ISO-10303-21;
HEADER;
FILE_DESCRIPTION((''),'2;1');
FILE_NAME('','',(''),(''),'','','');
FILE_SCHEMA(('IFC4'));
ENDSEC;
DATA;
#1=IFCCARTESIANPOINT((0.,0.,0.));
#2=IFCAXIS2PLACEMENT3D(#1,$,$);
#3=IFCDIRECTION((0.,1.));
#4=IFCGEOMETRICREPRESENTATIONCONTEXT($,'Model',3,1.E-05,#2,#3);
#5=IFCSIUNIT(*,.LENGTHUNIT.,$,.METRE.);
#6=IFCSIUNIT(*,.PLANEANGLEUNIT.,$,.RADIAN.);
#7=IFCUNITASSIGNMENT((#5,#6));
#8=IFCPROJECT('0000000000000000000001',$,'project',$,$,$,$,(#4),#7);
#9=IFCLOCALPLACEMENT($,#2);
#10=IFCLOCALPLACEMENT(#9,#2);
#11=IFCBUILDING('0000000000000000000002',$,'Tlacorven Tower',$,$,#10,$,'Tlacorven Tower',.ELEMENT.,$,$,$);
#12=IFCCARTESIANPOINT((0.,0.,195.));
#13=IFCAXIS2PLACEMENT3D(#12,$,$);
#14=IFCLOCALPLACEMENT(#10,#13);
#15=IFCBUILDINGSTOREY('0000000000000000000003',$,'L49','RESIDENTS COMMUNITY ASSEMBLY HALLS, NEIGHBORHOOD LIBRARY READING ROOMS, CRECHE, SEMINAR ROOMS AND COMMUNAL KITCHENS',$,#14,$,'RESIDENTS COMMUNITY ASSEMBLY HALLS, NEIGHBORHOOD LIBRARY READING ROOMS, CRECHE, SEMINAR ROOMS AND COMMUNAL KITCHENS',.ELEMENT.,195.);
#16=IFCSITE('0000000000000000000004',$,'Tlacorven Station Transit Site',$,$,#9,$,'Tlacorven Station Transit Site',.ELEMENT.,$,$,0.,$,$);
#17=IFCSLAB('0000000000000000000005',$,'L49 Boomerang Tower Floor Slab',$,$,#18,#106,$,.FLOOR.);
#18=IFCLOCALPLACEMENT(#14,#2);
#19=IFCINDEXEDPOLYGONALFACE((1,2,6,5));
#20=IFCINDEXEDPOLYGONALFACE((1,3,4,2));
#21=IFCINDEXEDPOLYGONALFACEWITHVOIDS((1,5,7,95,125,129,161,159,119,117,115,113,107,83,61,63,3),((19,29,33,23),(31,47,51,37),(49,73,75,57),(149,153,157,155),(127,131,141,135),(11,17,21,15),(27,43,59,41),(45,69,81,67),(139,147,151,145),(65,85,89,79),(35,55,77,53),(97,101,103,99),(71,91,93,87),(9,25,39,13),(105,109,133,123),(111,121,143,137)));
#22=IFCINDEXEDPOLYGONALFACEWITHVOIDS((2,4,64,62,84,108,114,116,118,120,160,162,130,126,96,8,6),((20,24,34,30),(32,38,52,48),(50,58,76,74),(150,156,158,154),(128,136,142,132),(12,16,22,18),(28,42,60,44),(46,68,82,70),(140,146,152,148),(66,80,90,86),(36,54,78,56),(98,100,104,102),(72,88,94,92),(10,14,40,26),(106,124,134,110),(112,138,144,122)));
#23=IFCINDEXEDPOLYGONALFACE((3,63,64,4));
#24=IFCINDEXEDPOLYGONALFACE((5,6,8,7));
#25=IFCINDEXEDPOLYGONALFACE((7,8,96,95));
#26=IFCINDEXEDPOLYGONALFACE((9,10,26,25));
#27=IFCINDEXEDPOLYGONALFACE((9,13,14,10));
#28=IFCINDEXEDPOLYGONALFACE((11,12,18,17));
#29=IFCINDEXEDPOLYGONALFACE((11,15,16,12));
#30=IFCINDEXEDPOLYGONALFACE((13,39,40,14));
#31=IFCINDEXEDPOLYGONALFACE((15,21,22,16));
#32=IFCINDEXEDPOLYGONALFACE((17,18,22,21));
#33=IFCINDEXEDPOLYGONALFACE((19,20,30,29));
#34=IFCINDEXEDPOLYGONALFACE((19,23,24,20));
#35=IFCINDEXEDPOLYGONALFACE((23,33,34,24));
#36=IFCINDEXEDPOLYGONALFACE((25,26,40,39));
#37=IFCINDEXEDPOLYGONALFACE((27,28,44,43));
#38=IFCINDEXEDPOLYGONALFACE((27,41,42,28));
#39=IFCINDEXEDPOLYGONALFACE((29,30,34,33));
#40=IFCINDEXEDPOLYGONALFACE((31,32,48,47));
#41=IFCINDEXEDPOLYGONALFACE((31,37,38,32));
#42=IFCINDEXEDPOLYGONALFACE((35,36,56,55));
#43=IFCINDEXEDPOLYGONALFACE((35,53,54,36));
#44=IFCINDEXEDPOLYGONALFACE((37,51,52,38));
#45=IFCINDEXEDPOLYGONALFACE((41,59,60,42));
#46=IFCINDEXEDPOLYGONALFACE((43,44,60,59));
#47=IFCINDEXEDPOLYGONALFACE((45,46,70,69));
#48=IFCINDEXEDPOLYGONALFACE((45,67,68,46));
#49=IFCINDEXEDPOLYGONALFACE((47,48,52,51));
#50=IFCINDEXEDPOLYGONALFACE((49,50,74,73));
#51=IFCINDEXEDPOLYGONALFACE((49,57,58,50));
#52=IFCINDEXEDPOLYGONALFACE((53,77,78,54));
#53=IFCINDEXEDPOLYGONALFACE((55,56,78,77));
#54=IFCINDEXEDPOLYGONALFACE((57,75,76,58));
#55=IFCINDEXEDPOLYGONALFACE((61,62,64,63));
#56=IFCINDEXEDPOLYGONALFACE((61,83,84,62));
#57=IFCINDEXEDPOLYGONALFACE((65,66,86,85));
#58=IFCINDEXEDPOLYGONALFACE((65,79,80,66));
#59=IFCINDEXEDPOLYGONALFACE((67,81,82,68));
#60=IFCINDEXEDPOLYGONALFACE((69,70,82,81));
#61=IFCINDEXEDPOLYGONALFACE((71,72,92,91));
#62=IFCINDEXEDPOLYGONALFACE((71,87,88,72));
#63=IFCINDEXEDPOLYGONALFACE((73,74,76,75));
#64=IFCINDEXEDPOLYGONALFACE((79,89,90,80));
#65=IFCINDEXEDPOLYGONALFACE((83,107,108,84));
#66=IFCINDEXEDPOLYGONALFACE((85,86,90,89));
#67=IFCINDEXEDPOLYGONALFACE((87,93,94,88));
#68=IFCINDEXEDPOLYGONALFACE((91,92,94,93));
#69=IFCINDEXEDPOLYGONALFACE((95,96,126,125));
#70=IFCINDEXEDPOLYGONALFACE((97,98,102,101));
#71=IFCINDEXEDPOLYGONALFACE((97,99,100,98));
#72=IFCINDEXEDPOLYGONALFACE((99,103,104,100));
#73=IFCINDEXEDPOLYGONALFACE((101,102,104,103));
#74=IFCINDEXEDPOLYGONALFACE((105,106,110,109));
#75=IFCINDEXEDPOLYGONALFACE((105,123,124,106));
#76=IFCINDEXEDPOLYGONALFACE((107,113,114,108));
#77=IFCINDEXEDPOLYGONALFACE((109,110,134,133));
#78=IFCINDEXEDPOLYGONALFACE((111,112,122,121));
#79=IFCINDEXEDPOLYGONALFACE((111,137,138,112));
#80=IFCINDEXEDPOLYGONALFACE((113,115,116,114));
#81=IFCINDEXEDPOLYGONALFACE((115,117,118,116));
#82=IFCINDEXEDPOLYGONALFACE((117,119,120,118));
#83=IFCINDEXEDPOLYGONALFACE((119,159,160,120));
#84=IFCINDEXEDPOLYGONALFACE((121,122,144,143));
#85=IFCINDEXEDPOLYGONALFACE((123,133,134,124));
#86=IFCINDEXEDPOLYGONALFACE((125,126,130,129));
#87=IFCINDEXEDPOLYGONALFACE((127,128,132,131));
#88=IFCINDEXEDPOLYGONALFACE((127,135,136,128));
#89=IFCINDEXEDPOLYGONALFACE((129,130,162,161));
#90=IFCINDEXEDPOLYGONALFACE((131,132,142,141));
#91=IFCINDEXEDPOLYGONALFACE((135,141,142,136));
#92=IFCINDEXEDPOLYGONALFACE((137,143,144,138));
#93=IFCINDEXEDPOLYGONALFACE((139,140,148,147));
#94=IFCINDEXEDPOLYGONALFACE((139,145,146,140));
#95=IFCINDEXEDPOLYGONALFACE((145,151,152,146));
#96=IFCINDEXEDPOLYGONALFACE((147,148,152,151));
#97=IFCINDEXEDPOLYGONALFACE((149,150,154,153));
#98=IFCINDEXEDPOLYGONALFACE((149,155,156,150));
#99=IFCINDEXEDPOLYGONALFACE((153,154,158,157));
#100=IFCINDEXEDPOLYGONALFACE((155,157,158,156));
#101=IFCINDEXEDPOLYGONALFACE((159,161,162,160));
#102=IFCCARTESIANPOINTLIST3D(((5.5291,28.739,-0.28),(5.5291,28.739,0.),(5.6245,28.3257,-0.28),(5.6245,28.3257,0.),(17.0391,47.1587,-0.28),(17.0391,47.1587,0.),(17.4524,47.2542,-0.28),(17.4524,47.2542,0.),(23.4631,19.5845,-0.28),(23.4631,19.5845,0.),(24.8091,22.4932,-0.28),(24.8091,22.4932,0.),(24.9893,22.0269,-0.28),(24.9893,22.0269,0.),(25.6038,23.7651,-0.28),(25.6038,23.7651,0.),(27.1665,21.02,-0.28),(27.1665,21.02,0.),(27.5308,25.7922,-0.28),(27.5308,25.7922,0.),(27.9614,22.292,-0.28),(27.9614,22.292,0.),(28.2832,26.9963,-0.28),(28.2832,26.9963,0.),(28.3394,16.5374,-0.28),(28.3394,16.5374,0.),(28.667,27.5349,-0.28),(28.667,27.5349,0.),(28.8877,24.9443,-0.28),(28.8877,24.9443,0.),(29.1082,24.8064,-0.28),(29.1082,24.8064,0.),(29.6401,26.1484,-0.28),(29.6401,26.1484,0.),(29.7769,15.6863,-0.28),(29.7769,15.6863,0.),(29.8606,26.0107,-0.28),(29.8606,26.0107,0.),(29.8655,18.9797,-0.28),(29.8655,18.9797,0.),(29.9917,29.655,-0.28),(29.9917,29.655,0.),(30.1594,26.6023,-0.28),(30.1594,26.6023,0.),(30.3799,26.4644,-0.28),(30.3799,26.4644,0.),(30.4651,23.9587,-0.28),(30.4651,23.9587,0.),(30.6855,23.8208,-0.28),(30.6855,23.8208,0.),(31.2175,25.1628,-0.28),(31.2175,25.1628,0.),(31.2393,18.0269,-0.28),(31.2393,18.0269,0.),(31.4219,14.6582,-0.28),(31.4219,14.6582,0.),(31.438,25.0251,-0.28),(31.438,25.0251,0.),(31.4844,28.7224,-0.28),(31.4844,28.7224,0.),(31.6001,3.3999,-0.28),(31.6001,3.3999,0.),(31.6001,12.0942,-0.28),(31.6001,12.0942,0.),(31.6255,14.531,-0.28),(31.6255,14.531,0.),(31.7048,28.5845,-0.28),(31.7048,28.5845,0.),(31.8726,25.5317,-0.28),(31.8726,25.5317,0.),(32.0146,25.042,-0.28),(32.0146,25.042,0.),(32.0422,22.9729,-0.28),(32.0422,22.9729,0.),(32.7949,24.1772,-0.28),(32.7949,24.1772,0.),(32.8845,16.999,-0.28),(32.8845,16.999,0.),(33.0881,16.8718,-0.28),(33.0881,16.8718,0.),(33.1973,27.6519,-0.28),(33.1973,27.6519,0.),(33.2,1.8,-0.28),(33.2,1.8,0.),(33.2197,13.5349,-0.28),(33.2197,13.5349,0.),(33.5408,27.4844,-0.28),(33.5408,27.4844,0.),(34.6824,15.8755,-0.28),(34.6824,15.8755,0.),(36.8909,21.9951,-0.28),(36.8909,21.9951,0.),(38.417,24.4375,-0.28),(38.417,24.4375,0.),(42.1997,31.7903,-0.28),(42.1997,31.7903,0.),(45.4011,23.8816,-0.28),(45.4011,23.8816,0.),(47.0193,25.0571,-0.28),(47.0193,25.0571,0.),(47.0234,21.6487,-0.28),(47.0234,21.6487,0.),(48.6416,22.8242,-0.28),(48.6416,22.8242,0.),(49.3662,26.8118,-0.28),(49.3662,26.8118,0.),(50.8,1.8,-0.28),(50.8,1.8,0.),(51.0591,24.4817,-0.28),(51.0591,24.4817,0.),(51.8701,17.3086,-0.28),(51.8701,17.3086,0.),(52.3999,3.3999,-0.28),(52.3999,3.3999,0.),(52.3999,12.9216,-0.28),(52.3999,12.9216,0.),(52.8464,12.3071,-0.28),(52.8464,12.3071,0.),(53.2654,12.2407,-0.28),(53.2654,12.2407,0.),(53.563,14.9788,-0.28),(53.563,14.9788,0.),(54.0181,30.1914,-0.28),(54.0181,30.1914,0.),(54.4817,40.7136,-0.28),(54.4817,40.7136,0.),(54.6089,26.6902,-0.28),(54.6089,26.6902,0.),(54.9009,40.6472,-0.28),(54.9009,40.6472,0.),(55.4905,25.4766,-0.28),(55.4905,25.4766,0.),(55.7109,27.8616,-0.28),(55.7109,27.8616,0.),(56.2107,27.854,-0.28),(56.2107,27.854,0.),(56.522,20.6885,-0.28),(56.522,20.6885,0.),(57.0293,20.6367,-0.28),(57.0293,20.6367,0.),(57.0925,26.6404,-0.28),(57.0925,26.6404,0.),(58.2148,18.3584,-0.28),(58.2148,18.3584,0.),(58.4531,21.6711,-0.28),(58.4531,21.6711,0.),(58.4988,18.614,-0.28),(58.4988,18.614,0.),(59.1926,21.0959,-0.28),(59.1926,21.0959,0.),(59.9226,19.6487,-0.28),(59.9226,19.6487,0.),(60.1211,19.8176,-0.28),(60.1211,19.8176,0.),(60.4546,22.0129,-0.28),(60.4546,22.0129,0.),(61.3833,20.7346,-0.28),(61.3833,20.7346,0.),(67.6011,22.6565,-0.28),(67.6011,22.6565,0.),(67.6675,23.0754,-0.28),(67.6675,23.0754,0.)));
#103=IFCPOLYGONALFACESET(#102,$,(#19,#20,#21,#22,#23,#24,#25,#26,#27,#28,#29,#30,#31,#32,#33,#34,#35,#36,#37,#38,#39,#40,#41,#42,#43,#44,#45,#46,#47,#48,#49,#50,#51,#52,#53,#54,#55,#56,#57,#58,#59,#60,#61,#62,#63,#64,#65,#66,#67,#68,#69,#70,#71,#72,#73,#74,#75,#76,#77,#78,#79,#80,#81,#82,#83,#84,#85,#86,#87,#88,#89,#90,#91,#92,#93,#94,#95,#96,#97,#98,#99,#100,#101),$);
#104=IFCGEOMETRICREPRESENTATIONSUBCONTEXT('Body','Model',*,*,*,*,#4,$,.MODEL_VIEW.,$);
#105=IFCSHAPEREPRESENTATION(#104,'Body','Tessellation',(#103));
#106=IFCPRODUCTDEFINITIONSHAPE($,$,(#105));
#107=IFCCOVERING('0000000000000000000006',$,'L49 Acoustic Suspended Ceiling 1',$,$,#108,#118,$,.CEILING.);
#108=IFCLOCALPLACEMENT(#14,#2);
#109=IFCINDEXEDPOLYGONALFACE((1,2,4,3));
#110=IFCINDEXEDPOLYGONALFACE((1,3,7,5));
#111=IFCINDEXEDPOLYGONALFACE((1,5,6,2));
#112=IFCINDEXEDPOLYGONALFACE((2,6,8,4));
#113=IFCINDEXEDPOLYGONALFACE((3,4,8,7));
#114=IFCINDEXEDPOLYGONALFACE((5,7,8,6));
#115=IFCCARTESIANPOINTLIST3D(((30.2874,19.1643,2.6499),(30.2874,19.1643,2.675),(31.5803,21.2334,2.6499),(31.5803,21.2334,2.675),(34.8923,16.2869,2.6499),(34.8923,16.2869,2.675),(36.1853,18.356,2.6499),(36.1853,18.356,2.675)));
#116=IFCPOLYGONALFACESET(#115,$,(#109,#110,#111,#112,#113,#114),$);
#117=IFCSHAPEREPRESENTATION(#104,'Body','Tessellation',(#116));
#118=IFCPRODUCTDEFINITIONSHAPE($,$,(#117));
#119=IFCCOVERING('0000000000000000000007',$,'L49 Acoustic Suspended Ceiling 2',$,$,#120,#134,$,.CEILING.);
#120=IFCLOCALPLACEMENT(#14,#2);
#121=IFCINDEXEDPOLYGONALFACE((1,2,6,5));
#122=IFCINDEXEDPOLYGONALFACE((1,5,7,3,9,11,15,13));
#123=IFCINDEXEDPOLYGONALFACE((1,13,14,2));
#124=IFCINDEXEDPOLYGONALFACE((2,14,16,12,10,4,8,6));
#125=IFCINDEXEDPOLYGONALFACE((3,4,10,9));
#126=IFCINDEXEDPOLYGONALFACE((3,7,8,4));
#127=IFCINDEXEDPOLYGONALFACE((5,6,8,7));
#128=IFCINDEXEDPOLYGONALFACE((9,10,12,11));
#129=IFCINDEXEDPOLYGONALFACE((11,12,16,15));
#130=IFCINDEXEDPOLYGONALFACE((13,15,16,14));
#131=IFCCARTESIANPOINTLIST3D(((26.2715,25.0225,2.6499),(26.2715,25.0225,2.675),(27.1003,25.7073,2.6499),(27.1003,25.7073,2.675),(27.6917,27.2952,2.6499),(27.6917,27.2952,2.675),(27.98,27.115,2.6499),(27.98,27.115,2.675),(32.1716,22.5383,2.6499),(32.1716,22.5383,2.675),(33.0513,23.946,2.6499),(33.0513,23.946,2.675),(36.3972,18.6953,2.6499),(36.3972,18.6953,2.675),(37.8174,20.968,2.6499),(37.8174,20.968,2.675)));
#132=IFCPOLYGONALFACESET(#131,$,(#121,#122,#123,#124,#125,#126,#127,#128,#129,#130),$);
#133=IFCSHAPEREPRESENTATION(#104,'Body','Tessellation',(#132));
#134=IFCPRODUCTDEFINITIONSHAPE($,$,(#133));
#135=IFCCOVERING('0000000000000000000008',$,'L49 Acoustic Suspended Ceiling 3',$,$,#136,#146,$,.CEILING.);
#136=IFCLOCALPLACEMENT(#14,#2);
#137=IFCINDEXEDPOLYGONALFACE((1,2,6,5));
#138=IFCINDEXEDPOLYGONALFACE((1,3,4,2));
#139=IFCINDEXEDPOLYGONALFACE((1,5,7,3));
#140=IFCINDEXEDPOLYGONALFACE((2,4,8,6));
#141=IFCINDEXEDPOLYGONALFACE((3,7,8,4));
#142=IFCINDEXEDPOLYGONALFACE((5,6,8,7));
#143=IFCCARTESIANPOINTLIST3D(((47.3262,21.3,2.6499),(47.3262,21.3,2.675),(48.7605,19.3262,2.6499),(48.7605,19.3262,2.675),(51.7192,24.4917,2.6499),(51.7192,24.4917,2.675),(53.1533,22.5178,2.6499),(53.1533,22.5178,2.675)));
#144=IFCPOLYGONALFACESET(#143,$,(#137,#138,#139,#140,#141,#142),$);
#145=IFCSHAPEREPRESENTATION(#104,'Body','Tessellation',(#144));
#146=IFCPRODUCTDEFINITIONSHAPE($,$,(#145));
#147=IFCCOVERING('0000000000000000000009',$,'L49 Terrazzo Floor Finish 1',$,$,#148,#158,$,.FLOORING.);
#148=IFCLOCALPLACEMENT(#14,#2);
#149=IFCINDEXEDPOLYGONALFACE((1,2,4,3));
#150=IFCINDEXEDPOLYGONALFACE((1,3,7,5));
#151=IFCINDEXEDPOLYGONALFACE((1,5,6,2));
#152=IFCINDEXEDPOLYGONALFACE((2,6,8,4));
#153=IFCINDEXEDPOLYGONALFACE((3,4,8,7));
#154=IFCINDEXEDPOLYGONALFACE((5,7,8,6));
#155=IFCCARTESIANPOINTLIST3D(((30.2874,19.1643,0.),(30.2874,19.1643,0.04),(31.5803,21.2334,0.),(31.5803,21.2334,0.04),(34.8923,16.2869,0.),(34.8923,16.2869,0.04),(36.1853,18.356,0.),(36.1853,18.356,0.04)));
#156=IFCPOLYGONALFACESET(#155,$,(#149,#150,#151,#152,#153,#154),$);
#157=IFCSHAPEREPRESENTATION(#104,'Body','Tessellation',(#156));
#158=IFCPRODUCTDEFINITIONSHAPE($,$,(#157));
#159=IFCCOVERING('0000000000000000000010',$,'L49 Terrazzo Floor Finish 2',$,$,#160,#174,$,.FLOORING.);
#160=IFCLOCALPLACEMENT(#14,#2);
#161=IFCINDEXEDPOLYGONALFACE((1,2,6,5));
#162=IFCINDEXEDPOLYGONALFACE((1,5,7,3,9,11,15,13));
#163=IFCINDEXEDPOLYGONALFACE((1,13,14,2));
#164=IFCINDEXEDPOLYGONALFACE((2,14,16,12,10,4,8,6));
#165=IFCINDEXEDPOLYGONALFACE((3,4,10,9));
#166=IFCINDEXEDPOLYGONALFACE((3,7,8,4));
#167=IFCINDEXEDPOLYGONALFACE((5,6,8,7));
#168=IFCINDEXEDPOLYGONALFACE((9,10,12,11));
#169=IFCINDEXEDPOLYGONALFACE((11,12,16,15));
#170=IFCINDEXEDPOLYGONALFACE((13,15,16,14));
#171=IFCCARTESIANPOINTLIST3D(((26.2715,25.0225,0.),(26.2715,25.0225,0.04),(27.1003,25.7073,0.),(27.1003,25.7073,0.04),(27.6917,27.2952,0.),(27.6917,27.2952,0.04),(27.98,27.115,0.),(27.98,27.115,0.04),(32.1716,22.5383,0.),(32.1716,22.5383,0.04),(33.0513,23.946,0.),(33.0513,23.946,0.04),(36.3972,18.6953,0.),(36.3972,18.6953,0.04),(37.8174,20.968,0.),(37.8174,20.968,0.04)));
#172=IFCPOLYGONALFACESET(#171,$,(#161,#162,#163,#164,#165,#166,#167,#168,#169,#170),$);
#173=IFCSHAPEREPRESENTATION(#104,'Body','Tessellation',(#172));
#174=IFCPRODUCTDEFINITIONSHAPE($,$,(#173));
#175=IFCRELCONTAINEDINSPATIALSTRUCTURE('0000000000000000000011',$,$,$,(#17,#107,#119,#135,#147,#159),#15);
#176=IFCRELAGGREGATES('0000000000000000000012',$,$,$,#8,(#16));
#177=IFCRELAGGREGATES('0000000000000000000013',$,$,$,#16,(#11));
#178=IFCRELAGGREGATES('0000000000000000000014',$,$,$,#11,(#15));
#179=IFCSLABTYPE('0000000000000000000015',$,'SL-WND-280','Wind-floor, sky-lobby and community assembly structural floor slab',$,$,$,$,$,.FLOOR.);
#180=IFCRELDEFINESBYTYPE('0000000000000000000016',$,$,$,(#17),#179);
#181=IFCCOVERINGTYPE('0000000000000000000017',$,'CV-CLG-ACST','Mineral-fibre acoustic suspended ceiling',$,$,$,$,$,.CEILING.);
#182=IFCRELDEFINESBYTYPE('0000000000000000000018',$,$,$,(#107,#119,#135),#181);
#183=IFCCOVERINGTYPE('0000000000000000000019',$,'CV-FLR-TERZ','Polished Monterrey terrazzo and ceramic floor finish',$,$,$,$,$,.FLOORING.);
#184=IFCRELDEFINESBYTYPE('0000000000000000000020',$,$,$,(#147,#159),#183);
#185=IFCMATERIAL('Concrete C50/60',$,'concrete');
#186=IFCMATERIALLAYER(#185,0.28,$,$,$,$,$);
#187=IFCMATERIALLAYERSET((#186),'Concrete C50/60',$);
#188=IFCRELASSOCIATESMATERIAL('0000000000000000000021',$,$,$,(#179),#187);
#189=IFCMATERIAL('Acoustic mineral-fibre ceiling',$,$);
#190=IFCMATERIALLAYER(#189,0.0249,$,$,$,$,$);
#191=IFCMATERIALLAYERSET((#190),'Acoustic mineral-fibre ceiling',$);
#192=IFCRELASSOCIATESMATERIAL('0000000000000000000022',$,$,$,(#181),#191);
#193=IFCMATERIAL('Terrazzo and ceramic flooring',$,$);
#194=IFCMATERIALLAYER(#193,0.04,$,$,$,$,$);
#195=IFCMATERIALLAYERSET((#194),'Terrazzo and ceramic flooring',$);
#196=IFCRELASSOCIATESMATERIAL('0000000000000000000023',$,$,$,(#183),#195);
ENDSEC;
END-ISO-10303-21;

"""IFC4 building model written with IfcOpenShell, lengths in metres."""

from ifc_helpers import new_model, si_unit, direction, frame, origin, place, context, subcontext, project, spatial, polyline, outline, extrude, material, layer, layer_set, type_object, element, save


model = new_model("IFC4")

# Units and contexts
model_context = context("Model", 3, precision=1e-05, world=origin(), true_north=direction((0.0, 1.0)))
body_context = subcontext(model_context, "Body", "Model", "MODEL_VIEW")
ifc_project = project(units=[si_unit("LENGTHUNIT", "METRE"), si_unit("PLANEANGLEUNIT", "RADIAN")], contexts=[model_context])

# Site, building, storey
site_placement = place(None, origin())
site = spatial("IfcSite", under=ifc_project, at=site_placement, Name="Tlacorven Station Transit Site", LongName="Tlacorven Station Transit Site", CompositionType="ELEMENT", RefElevation=0.0)
building_placement = place(site_placement, origin())
building = spatial("IfcBuilding", under=site, at=building_placement, Name="Tlacorven Tower", LongName="Tlacorven Tower", CompositionType="ELEMENT")
storey_placement = place(building_placement, frame((0.0, 0.0, 195.0)))
storey = spatial("IfcBuildingStorey", under=building, at=storey_placement, Name="L49", Description="RESIDENTS COMMUNITY ASSEMBLY HALLS, NEIGHBORHOOD LIBRARY READING ROOMS, CRECHE, SEMINAR ROOMS AND COMMUNAL KITCHENS", LongName="RESIDENTS COMMUNITY ASSEMBLY HALLS, NEIGHBORHOOD LIBRARY READING ROOMS, CRECHE, SEMINAR ROOMS AND COMMUNAL KITCHENS", CompositionType="ELEMENT", Elevation=195.0)

# Slab
ifc_material_1 = material(Name="Concrete C50/60", Category="concrete")
ifc_layer_1 = layer(ifc_material_1, 0.28)
ifc_layer_set_1 = layer_set([ifc_layer_1], Name="Concrete C50/60")
slab_type_1 = type_object("IfcSlabType", Name="SL-WND-280", Description="Wind-floor, sky-lobby and community assembly structural floor slab", PredefinedType="FLOOR", material=ifc_layer_set_1)
slab_1_placement = place(storey_placement, frame((0.0, 0.0, -0.28)))
element("IfcSlab", 1, at=slab_1_placement, inside=storey, type_object=slab_type_1, Name="L49 Boomerang Tower Floor Slab", PredefinedType="FLOOR", context=body_context, shape_type="SweptSolid", body=[
    extrude(outline(polyline([(52.3999, 3.3999), (50.8, 1.8), (33.2, 1.8), (31.6001, 3.3999), (31.6001, 12.0942), (5.6245, 28.3257), (5.5291, 28.739), (17.0391, 47.1587), (17.4524, 47.2542), (42.1997, 31.7903), (54.4817, 40.7136), (54.9009, 40.6472), (67.6675, 23.0754), (67.6011, 22.6565), (53.2654, 12.2407), (52.8464, 12.3071), (52.3999, 12.9216), (52.3999, 3.3999)]), holes=[polyline([(29.8655, 18.9797), (24.9893, 22.0269), (23.4631, 19.5845), (28.3394, 16.5374), (29.8655, 18.9797)]), polyline([(38.417, 24.4375), (33.5408, 27.4844), (32.0146, 25.042), (36.8909, 21.9951), (38.417, 24.4375)]), polyline([(51.0591, 24.4817), (55.7109, 27.8616), (54.0181, 30.1914), (49.3662, 26.8118), (51.0591, 24.4817)]), polyline([(53.563, 14.9788), (58.2148, 18.3584), (56.522, 20.6885), (51.8701, 17.3086), (53.563, 14.9788)]), polyline([(34.6824, 15.8755), (33.0881, 16.8718), (31.6255, 14.531), (33.2197, 13.5349), (34.6824, 15.8755)]), polyline([(32.8845, 16.999), (31.2393, 18.0269), (29.7769, 15.6863), (31.4219, 14.6582), (32.8845, 16.999)]), polyline([(47.0234, 21.6487), (48.6416, 22.8242), (47.0193, 25.0571), (45.4011, 23.8816), (47.0234, 21.6487)]), polyline([(33.1973, 27.6519), (31.7048, 28.5845), (30.3799, 26.4644), (31.8726, 25.5317), (33.1973, 27.6519)]), polyline([(31.4844, 28.7224), (29.9917, 29.655), (28.667, 27.5349), (30.1594, 26.6023), (31.4844, 28.7224)]), polyline([(32.7949, 24.1772), (31.438, 25.0251), (30.6855, 23.8208), (32.0422, 22.9729), (32.7949, 24.1772)]), polyline([(31.2175, 25.1628), (29.8606, 26.0107), (29.1082, 24.8064), (30.4651, 23.9587), (31.2175, 25.1628)]), polyline([(29.6401, 26.1484), (28.2832, 26.9963), (27.5308, 25.7922), (28.8877, 24.9443), (29.6401, 26.1484)]), polyline([(58.4988, 18.614), (59.9226, 19.6487), (58.4531, 21.6711), (57.0293, 20.6367), (58.4988, 18.614)]), polyline([(27.9614, 22.292), (25.6038, 23.7651), (24.8091, 22.4932), (27.1665, 21.02), (27.9614, 22.292)]), polyline([(55.4905, 25.4766), (57.0925, 26.6404), (56.2107, 27.854), (54.6089, 26.6902), (55.4905, 25.4766)]), polyline([(60.1211, 19.8176), (61.3833, 20.7346), (60.4546, 22.0129), (59.1926, 21.0959), (60.1211, 19.8176)])]), origin(), (0.0, 0.0, 1.0), 0.28),
])

# Coverings
ifc_material_2 = material(Name="Acoustic mineral-fibre ceiling")
ifc_layer_2 = layer(ifc_material_2, 0.0249)
ifc_layer_set_2 = layer_set([ifc_layer_2], Name="Acoustic mineral-fibre ceiling")
covering_type_1 = type_object("IfcCoveringType", Name="CV-CLG-ACST", Description="Mineral-fibre acoustic suspended ceiling", PredefinedType="CEILING", material=ifc_layer_set_2)
covering_1_placement = place(storey_placement, frame((0.0, 0.0, 2.6499)))
element("IfcCovering", 2, at=covering_1_placement, inside=storey, type_object=covering_type_1, Name="L49 Acoustic Suspended Ceiling 1", PredefinedType="CEILING", context=body_context, shape_type="SweptSolid", body=[
    extrude(outline(polyline([(36.1853, 18.356), (34.8923, 16.2869), (30.2874, 19.1643), (31.5803, 21.2334), (36.1853, 18.356)])), origin(), (0.0, 0.0, 1.0), 0.0251),
])
covering_2_placement = place(storey_placement, frame((0.0, 0.0, 2.6499)))
element("IfcCovering", 3, at=covering_2_placement, inside=storey, type_object=covering_type_1, Name="L49 Acoustic Suspended Ceiling 2", PredefinedType="CEILING", context=body_context, shape_type="SweptSolid", body=[
    extrude(outline(polyline([(37.8174, 20.968), (36.3972, 18.6953), (26.2715, 25.0225), (27.6917, 27.2952), (27.98, 27.115), (27.1003, 25.7073), (32.1716, 22.5383), (33.0513, 23.946), (37.8174, 20.968)])), origin(), (0.0, 0.0, 1.0), 0.0251),
])
covering_3_placement = place(storey_placement, frame((0.0, 0.0, 2.6499)))
element("IfcCovering", 4, at=covering_3_placement, inside=storey, type_object=covering_type_1, Name="L49 Acoustic Suspended Ceiling 3", PredefinedType="CEILING", context=body_context, shape_type="SweptSolid", body=[
    extrude(outline(polyline([(48.7605, 19.3262), (47.3262, 21.3), (51.7192, 24.4917), (53.1533, 22.5178), (48.7605, 19.3262)])), origin(), (0.0, 0.0, 1.0), 0.0251),
])
ifc_material_3 = material(Name="Terrazzo and ceramic flooring")
ifc_layer_3 = layer(ifc_material_3, 0.04)
ifc_layer_set_3 = layer_set([ifc_layer_3], Name="Terrazzo and ceramic flooring")
covering_type_2 = type_object("IfcCoveringType", Name="CV-FLR-TERZ", Description="Polished Monterrey terrazzo and ceramic floor finish", PredefinedType="FLOORING", material=ifc_layer_set_3)
covering_4_placement = place(storey_placement, origin())
element("IfcCovering", 5, at=covering_4_placement, inside=storey, type_object=covering_type_2, Name="L49 Terrazzo Floor Finish 1", PredefinedType="FLOORING", context=body_context, shape_type="SweptSolid", body=[
    extrude(outline(polyline([(36.1853, 18.356), (34.8923, 16.2869), (30.2874, 19.1643), (31.5803, 21.2334), (36.1853, 18.356)])), origin(), (0.0, 0.0, 1.0), 0.04),
])
covering_5_placement = place(storey_placement, origin())
element("IfcCovering", 6, at=covering_5_placement, inside=storey, type_object=covering_type_2, Name="L49 Terrazzo Floor Finish 2", PredefinedType="FLOORING", context=body_context, shape_type="SweptSolid", body=[
    extrude(outline(polyline([(37.8174, 20.968), (36.3972, 18.6953), (26.2715, 25.0225), (27.6917, 27.2952), (27.98, 27.115), (27.1003, 25.7073), (32.1716, 22.5383), (33.0513, 23.946), (37.8174, 20.968)])), origin(), (0.0, 0.0, 1.0), 0.04),
])

save(model, "model.ifc")
